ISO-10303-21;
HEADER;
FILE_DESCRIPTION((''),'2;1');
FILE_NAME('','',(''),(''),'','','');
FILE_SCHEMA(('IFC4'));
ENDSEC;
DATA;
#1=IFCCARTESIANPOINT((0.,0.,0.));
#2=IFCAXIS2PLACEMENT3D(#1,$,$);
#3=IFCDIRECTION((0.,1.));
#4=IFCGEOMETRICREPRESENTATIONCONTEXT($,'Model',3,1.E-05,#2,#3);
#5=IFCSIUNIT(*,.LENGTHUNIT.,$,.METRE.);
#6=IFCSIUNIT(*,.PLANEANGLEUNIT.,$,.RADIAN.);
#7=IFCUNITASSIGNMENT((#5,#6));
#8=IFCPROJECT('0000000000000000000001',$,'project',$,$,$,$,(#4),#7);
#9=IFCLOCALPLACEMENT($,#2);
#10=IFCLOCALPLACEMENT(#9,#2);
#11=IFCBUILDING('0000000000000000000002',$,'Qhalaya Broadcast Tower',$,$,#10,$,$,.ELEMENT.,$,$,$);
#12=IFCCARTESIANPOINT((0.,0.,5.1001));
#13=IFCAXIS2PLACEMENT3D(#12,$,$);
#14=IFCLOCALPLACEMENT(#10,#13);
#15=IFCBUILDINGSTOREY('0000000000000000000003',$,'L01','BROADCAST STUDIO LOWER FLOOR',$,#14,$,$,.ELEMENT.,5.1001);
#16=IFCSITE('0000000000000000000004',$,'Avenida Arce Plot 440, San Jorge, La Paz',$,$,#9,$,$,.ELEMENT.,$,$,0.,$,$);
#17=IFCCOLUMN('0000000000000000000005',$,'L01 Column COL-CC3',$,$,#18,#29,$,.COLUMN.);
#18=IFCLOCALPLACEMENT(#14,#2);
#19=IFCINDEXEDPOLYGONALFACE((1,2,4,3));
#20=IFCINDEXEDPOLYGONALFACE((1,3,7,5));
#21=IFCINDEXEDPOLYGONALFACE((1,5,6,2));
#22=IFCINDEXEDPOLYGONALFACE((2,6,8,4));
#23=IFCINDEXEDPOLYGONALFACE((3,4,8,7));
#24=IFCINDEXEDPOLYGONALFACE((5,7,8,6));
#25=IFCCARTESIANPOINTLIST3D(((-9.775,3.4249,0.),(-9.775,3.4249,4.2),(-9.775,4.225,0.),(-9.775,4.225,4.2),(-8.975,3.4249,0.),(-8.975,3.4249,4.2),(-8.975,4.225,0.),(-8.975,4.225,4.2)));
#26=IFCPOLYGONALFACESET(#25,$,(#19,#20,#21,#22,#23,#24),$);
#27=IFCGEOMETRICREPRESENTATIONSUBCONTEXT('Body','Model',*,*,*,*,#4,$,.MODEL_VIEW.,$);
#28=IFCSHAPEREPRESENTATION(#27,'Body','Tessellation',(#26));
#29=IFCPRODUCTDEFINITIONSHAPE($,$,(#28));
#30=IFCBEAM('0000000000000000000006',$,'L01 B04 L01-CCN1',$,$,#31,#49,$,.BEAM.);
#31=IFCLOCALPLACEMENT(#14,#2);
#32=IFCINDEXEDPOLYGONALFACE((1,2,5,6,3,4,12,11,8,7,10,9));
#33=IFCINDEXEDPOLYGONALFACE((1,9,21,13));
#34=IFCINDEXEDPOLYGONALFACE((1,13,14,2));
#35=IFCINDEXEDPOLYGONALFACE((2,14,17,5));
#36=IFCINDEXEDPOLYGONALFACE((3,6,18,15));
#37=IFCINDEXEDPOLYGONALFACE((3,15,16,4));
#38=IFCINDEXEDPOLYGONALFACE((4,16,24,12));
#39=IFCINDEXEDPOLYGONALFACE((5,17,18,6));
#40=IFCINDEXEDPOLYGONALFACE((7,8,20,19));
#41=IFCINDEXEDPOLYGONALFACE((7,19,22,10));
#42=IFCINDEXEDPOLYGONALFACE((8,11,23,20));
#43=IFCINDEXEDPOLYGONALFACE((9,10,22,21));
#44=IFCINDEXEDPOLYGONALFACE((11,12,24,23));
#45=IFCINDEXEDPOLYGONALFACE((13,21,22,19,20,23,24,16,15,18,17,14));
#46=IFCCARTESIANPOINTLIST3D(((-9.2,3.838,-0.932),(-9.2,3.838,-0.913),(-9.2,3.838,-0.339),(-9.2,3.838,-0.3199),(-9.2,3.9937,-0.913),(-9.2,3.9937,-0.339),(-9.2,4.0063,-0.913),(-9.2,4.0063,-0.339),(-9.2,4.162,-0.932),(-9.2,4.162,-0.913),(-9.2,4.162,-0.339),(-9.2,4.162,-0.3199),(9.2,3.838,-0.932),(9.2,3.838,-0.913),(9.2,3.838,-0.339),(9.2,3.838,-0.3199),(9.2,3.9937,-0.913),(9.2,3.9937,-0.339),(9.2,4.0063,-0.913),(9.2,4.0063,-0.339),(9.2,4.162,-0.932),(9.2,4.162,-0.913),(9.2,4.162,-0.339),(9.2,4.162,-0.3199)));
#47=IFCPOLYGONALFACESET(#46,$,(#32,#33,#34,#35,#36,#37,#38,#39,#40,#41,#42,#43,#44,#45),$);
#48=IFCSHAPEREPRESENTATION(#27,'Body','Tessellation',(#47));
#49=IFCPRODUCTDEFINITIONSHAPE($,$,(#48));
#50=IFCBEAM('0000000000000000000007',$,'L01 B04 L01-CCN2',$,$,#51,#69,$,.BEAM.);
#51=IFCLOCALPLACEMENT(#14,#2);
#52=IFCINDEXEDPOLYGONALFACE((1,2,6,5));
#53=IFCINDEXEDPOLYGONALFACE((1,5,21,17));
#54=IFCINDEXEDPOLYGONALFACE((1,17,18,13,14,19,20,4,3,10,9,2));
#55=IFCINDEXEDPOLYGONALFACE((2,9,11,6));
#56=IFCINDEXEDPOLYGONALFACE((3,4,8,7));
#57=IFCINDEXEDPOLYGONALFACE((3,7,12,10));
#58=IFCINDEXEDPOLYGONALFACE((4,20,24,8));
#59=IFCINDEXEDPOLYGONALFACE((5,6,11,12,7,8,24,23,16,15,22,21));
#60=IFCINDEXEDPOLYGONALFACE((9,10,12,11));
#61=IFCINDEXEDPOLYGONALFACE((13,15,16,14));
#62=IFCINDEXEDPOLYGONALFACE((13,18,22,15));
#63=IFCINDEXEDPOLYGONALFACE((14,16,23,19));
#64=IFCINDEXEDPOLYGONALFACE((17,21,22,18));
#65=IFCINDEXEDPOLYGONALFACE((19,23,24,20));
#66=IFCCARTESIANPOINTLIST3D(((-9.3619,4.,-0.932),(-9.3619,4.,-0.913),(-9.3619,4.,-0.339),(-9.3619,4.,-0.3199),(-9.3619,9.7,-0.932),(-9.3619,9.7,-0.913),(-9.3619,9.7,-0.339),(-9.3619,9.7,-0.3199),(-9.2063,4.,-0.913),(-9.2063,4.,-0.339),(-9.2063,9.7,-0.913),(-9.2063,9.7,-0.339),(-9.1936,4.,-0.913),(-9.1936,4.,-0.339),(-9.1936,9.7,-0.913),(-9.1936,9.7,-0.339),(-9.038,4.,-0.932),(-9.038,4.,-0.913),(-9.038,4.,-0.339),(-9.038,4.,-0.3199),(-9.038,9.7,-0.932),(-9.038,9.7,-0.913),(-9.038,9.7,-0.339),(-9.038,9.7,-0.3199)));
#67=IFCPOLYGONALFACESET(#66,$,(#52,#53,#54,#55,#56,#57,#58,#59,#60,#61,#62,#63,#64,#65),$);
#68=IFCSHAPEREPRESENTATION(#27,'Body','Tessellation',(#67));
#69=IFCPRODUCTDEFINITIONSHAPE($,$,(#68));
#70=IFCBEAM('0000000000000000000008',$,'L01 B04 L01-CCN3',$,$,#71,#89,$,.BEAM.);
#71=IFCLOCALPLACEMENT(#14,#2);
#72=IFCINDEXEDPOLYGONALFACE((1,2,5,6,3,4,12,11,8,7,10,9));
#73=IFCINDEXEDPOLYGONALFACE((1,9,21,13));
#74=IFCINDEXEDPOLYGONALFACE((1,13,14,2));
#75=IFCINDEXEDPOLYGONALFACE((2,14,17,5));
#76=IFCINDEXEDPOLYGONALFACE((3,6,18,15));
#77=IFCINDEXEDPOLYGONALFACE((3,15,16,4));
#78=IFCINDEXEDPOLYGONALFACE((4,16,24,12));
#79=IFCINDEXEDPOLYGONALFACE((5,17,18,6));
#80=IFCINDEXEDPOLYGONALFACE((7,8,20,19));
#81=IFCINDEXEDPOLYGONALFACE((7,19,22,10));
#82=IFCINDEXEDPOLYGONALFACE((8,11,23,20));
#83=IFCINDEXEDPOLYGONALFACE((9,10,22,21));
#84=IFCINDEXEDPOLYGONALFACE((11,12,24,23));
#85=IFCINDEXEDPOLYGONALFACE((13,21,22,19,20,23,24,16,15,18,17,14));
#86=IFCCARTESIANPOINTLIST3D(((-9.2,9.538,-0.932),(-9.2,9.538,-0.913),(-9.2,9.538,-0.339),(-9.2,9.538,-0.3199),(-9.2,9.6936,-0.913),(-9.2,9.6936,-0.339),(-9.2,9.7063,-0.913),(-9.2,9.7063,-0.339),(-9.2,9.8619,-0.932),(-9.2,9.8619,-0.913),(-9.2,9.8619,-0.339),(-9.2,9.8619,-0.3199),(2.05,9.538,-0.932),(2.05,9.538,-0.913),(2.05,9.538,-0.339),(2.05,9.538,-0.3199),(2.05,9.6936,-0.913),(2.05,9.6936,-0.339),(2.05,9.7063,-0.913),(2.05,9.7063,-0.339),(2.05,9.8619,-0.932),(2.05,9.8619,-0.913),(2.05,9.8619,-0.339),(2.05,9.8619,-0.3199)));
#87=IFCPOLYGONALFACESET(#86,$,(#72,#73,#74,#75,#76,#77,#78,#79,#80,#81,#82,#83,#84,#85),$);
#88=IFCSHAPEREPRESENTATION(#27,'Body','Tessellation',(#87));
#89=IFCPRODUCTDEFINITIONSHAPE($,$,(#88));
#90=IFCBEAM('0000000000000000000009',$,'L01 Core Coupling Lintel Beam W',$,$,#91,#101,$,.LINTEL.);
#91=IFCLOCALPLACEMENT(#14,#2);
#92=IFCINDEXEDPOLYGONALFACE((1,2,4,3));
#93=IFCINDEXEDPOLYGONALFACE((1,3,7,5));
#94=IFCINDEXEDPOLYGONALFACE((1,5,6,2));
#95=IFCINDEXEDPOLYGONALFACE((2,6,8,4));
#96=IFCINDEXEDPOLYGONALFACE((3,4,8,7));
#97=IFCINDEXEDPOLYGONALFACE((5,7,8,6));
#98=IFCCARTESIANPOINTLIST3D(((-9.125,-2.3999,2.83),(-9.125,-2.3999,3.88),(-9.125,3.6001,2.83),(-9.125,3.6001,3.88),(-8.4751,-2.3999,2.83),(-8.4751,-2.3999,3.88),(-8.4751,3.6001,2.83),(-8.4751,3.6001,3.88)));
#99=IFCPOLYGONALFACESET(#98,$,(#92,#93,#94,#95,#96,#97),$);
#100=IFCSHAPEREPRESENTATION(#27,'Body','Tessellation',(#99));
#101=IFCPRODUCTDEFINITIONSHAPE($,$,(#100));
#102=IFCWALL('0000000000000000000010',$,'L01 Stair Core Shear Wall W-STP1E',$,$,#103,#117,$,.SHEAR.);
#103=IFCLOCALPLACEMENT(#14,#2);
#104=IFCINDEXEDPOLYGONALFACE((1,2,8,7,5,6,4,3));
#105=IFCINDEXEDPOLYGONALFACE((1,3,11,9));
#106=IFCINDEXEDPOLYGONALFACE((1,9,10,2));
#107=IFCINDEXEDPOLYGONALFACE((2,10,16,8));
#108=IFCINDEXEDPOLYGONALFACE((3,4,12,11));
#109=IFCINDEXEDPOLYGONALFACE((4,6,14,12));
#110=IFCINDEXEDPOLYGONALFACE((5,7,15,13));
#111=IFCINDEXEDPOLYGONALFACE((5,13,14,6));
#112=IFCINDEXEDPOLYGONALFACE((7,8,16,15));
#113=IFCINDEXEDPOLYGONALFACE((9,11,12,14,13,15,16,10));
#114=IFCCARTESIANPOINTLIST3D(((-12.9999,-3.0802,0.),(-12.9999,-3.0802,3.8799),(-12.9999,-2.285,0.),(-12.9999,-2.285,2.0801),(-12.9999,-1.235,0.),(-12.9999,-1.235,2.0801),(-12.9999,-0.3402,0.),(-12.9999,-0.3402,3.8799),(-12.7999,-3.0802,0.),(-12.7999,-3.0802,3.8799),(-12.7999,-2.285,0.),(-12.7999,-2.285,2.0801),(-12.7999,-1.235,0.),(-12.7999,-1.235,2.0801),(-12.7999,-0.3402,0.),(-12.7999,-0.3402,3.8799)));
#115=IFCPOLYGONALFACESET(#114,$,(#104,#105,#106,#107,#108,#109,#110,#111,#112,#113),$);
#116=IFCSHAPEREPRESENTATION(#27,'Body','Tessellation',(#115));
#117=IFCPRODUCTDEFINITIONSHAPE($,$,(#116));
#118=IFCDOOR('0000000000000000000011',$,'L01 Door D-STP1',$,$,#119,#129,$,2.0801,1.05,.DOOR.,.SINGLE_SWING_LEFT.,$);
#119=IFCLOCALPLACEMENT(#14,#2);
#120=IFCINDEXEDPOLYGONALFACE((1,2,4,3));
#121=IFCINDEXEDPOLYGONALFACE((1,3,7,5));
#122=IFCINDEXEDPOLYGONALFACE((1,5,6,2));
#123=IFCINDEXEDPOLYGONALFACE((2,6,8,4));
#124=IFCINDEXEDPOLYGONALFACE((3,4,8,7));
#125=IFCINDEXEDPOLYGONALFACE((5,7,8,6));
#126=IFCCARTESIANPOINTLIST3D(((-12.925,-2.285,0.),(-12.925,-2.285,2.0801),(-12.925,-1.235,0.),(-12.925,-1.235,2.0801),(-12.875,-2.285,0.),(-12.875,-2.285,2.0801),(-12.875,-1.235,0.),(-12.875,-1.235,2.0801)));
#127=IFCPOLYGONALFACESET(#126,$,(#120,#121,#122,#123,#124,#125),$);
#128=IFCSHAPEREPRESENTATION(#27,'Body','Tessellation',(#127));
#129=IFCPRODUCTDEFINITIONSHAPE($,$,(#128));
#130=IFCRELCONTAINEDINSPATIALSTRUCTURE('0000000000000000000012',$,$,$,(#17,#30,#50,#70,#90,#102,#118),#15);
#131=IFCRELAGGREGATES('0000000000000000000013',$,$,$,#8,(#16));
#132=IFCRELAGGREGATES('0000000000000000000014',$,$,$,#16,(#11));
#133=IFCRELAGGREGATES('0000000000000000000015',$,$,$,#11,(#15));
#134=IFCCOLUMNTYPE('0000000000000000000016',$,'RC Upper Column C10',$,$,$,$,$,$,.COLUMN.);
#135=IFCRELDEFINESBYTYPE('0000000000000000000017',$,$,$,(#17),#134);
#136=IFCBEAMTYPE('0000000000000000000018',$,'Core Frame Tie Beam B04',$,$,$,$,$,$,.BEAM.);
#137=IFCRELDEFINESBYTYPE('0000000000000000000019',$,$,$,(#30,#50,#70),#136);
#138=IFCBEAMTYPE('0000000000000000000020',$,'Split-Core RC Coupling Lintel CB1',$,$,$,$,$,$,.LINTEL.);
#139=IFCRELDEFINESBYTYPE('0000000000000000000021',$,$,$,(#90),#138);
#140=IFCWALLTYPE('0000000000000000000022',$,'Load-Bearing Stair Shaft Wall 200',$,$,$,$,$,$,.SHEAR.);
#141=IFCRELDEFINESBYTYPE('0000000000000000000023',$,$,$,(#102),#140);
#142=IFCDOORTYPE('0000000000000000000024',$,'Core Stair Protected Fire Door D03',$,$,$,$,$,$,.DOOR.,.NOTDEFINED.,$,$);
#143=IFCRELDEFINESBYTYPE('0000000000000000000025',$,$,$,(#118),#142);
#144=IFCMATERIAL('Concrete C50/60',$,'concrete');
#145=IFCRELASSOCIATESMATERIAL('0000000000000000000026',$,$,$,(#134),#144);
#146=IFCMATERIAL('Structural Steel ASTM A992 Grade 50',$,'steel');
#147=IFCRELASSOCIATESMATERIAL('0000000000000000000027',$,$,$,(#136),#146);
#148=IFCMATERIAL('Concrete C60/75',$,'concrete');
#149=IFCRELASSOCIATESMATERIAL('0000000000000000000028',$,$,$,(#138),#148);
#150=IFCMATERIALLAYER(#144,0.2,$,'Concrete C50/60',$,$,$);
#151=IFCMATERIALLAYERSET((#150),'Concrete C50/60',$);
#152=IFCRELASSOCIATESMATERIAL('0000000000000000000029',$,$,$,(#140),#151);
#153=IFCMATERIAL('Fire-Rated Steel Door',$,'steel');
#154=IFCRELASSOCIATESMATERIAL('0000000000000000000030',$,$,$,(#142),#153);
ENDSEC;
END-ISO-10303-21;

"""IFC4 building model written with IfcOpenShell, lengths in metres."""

from ifc_helpers import new_model, si_unit, direction, frame, frame_2d, origin, origin_2d, place, context, subcontext, project, spatial, rectangle, i_section, extrude, material, layer, layer_set, material_profile, profile_set, type_object, element, fill, save


model = new_model("IFC4")

# Units and contexts
model_context = context("Model", 3, precision=1e-05, world=origin(), true_north=direction((0.0, 1.0)))
body_context = subcontext(model_context, "Body", "Model", "MODEL_VIEW")
ifc_project = project(units=[si_unit("LENGTHUNIT", "METRE"), si_unit("PLANEANGLEUNIT", "RADIAN")], contexts=[model_context])

# Site, building, storey
site_placement = place(None, origin())
site = spatial("IfcSite", under=ifc_project, at=site_placement, Name="Avenida Arce Plot 440, San Jorge, La Paz", CompositionType="ELEMENT", RefElevation=0.0)
building_placement = place(site_placement, origin())
building = spatial("IfcBuilding", under=site, at=building_placement, Name="Qhalaya Broadcast Tower", CompositionType="ELEMENT")
storey_placement = place(building_placement, frame((0.0, 0.0, 5.1001)))
storey = spatial("IfcBuildingStorey", under=building, at=storey_placement, Name="L01", Description="BROADCAST STUDIO LOWER FLOOR", CompositionType="ELEMENT", Elevation=5.1001)

# Column
ifc_material_1 = material(Name="Concrete C50/60", Category="concrete")
ifc_material_profile_1 = material_profile(ifc_material_1, rectangle(XDim=0.8, YDim=0.8, at=origin_2d()), Name="RC-COL 800x800")
ifc_profile_set_1 = profile_set([ifc_material_profile_1], Name="Concrete C50/60")
column_type = type_object("IfcColumnType", Name="RC Upper Column C10", PredefinedType="COLUMN", material=ifc_profile_set_1)
column_placement = place(storey_placement, frame((-9.375, 3.825, 0.0), z_axis=(0.0, 0.0, 1.0), x_axis=(1.0, 0.0, 0.0)))
element("IfcColumn", 1, at=column_placement, inside=storey, type_object=column_type, Name="L01 Column COL-CC3", PredefinedType="COLUMN", context=body_context, shape_type="SweptSolid", body=[
    extrude(rectangle(XDim=0.8, YDim=0.8, at=origin_2d()), origin(), (0.0, 0.0, 1.0), 4.2),
])

# Beams
ifc_material_2 = material(Name="Structural Steel ASTM A992 Grade 50", Category="steel")
ifc_material_profile_2 = material_profile(ifc_material_2, i_section(OverallWidth=0.324, OverallDepth=0.6121, WebThickness=0.0127, FlangeThickness=0.019, at=origin_2d()), Name="W24X104")
ifc_profile_set_2 = profile_set([ifc_material_profile_2], Name="Structural Steel ASTM A992 Grade 50")
beam_type_1 = type_object("IfcBeamType", Name="Core Frame Tie Beam B04", PredefinedType="BEAM", material=ifc_profile_set_2)
beam_1_placement = place(storey_placement, frame((-9.2, 4.0, -0.626), z_axis=(1.0, 0.0, 0.0), x_axis=(0.0, 1.0, 0.0)))
element("IfcBeam", 2, at=beam_1_placement, inside=storey, type_object=beam_type_1, Name="L01 B04 L01-CCN1", PredefinedType="BEAM", context=body_context, shape_type="SweptSolid", body=[
    extrude(i_section(OverallWidth=0.324, OverallDepth=0.6121, WebThickness=0.0127, FlangeThickness=0.019, at=origin_2d()), origin(), (0.0, 0.0, 1.0), 18.3999),
])
beam_2_placement = place(storey_placement, frame((-9.2, 4.0, -0.626), z_axis=(0.0, 1.0, 0.0), x_axis=(-1.0, 0.0, 0.0)))
element("IfcBeam", 3, at=beam_2_placement, inside=storey, type_object=beam_type_1, Name="L01 B04 L01-CCN2", PredefinedType="BEAM", context=body_context, shape_type="SweptSolid", body=[
    extrude(i_section(OverallWidth=0.324, OverallDepth=0.6121, WebThickness=0.0127, FlangeThickness=0.019, at=origin_2d()), origin(), (0.0, 0.0, 1.0), 5.7),
])
beam_3_placement = place(storey_placement, frame((-9.2, 9.7, -0.626), z_axis=(1.0, 0.0, 0.0), x_axis=(0.0, 1.0, 0.0)))
element("IfcBeam", 4, at=beam_3_placement, inside=storey, type_object=beam_type_1, Name="L01 B04 L01-CCN3", PredefinedType="BEAM", context=body_context, shape_type="SweptSolid", body=[
    extrude(i_section(OverallWidth=0.324, OverallDepth=0.6121, WebThickness=0.0127, FlangeThickness=0.019, at=origin_2d()), origin(), (0.0, 0.0, 1.0), 11.25),
])
ifc_material_3 = material(Name="Concrete C60/75", Category="concrete")
ifc_material_profile_3 = material_profile(ifc_material_3, rectangle(XDim=0.6499, YDim=1.05, at=origin_2d()), Name="RC-CB 650x1050")
ifc_profile_set_3 = profile_set([ifc_material_profile_3], Name="Concrete C60/75")
beam_type_2 = type_object("IfcBeamType", Name="Split-Core RC Coupling Lintel CB1", PredefinedType="LINTEL", material=ifc_profile_set_3)
beam_4_placement = place(storey_placement, frame((-8.8, -2.3999, 3.355), z_axis=(0.0, 1.0, 0.0), x_axis=(-1.0, 0.0, 0.0)))
element("IfcBeam", 5, at=beam_4_placement, inside=storey, type_object=beam_type_2, Name="L01 Core Coupling Lintel Beam W", PredefinedType="LINTEL", context=body_context, shape_type="SweptSolid", body=[
    extrude(rectangle(XDim=0.6499, YDim=1.05, at=origin_2d()), origin(), (0.0, 0.0, 1.0), 6.0),
])

# Wall, opening, door
ifc_layer_1 = layer(ifc_material_1, 0.2, Name="Concrete C50/60")
ifc_layer_set_1 = layer_set([ifc_layer_1], Name="Concrete C50/60")
wall_type_1 = type_object("IfcWallType", Name="Load-Bearing Stair Shaft Wall 200", PredefinedType="SHEAR", material=ifc_layer_set_1)
wall_1_placement = place(storey_placement, frame((-12.8999, -0.3401, 0.0), z_axis=(0.0, 0.0, 1.0), x_axis=(0.0, -1.0, 0.0)))
wall_1 = element("IfcWall", 6, at=wall_1_placement, inside=storey, type_object=wall_type_1, Name="L01 Stair Core Shear Wall W-STP1E", PredefinedType="SHEAR", context=body_context, shape_type="SweptSolid", body=[
    extrude(rectangle(XDim=2.74, YDim=0.2, at=frame_2d((1.3701, 0.0))), origin(), (0.0, 0.0, 1.0), 3.8799),
])
opening_1_placement = place(wall_1_placement, frame((0.895, 0.0, 0.0)))
opening_1 = element("IfcOpeningElement", 7, at=opening_1_placement, cuts=wall_1, PredefinedType="OPENING", context=body_context, shape_type="SweptSolid", body=[
    extrude(rectangle(XDim=1.05, YDim=2.0801, at=frame_2d((0.5249, 1.04))), frame((0.0, 0.1121, 0.0), z_axis=(0.0, -1.0, 0.0), x_axis=(1.0, 0.0, 0.0)), (0.0, 0.0, 1.0), 0.2239),
])
ifc_material_4 = material(Name="Fire-Rated Steel Door", Category="steel")
door_type_1 = type_object("IfcDoorType", Name="Core Stair Protected Fire Door D03", OperationType="NOTDEFINED", PredefinedType="DOOR", material=ifc_material_4)
door_1_placement = place(opening_1_placement, origin())
door_1 = element("IfcDoor", 8, at=door_1_placement, inside=storey, type_object=door_type_1, Name="L01 Door D-STP1", OperationType="SINGLE_SWING_LEFT", OverallHeight=2.0801, OverallWidth=1.05, PredefinedType="DOOR", context=body_context, shape_type="SweptSolid", body=[
    extrude(rectangle(XDim=1.05, YDim=2.0801, at=frame_2d((0.5249, 1.04))), frame((0.0, 0.0249, 0.0), z_axis=(0.0, -1.0, 0.0), x_axis=(1.0, 0.0, 0.0)), (0.0, 0.0, 1.0), 0.05),
])
fill(opening_1, door_1)

save(model, "model.ifc")
